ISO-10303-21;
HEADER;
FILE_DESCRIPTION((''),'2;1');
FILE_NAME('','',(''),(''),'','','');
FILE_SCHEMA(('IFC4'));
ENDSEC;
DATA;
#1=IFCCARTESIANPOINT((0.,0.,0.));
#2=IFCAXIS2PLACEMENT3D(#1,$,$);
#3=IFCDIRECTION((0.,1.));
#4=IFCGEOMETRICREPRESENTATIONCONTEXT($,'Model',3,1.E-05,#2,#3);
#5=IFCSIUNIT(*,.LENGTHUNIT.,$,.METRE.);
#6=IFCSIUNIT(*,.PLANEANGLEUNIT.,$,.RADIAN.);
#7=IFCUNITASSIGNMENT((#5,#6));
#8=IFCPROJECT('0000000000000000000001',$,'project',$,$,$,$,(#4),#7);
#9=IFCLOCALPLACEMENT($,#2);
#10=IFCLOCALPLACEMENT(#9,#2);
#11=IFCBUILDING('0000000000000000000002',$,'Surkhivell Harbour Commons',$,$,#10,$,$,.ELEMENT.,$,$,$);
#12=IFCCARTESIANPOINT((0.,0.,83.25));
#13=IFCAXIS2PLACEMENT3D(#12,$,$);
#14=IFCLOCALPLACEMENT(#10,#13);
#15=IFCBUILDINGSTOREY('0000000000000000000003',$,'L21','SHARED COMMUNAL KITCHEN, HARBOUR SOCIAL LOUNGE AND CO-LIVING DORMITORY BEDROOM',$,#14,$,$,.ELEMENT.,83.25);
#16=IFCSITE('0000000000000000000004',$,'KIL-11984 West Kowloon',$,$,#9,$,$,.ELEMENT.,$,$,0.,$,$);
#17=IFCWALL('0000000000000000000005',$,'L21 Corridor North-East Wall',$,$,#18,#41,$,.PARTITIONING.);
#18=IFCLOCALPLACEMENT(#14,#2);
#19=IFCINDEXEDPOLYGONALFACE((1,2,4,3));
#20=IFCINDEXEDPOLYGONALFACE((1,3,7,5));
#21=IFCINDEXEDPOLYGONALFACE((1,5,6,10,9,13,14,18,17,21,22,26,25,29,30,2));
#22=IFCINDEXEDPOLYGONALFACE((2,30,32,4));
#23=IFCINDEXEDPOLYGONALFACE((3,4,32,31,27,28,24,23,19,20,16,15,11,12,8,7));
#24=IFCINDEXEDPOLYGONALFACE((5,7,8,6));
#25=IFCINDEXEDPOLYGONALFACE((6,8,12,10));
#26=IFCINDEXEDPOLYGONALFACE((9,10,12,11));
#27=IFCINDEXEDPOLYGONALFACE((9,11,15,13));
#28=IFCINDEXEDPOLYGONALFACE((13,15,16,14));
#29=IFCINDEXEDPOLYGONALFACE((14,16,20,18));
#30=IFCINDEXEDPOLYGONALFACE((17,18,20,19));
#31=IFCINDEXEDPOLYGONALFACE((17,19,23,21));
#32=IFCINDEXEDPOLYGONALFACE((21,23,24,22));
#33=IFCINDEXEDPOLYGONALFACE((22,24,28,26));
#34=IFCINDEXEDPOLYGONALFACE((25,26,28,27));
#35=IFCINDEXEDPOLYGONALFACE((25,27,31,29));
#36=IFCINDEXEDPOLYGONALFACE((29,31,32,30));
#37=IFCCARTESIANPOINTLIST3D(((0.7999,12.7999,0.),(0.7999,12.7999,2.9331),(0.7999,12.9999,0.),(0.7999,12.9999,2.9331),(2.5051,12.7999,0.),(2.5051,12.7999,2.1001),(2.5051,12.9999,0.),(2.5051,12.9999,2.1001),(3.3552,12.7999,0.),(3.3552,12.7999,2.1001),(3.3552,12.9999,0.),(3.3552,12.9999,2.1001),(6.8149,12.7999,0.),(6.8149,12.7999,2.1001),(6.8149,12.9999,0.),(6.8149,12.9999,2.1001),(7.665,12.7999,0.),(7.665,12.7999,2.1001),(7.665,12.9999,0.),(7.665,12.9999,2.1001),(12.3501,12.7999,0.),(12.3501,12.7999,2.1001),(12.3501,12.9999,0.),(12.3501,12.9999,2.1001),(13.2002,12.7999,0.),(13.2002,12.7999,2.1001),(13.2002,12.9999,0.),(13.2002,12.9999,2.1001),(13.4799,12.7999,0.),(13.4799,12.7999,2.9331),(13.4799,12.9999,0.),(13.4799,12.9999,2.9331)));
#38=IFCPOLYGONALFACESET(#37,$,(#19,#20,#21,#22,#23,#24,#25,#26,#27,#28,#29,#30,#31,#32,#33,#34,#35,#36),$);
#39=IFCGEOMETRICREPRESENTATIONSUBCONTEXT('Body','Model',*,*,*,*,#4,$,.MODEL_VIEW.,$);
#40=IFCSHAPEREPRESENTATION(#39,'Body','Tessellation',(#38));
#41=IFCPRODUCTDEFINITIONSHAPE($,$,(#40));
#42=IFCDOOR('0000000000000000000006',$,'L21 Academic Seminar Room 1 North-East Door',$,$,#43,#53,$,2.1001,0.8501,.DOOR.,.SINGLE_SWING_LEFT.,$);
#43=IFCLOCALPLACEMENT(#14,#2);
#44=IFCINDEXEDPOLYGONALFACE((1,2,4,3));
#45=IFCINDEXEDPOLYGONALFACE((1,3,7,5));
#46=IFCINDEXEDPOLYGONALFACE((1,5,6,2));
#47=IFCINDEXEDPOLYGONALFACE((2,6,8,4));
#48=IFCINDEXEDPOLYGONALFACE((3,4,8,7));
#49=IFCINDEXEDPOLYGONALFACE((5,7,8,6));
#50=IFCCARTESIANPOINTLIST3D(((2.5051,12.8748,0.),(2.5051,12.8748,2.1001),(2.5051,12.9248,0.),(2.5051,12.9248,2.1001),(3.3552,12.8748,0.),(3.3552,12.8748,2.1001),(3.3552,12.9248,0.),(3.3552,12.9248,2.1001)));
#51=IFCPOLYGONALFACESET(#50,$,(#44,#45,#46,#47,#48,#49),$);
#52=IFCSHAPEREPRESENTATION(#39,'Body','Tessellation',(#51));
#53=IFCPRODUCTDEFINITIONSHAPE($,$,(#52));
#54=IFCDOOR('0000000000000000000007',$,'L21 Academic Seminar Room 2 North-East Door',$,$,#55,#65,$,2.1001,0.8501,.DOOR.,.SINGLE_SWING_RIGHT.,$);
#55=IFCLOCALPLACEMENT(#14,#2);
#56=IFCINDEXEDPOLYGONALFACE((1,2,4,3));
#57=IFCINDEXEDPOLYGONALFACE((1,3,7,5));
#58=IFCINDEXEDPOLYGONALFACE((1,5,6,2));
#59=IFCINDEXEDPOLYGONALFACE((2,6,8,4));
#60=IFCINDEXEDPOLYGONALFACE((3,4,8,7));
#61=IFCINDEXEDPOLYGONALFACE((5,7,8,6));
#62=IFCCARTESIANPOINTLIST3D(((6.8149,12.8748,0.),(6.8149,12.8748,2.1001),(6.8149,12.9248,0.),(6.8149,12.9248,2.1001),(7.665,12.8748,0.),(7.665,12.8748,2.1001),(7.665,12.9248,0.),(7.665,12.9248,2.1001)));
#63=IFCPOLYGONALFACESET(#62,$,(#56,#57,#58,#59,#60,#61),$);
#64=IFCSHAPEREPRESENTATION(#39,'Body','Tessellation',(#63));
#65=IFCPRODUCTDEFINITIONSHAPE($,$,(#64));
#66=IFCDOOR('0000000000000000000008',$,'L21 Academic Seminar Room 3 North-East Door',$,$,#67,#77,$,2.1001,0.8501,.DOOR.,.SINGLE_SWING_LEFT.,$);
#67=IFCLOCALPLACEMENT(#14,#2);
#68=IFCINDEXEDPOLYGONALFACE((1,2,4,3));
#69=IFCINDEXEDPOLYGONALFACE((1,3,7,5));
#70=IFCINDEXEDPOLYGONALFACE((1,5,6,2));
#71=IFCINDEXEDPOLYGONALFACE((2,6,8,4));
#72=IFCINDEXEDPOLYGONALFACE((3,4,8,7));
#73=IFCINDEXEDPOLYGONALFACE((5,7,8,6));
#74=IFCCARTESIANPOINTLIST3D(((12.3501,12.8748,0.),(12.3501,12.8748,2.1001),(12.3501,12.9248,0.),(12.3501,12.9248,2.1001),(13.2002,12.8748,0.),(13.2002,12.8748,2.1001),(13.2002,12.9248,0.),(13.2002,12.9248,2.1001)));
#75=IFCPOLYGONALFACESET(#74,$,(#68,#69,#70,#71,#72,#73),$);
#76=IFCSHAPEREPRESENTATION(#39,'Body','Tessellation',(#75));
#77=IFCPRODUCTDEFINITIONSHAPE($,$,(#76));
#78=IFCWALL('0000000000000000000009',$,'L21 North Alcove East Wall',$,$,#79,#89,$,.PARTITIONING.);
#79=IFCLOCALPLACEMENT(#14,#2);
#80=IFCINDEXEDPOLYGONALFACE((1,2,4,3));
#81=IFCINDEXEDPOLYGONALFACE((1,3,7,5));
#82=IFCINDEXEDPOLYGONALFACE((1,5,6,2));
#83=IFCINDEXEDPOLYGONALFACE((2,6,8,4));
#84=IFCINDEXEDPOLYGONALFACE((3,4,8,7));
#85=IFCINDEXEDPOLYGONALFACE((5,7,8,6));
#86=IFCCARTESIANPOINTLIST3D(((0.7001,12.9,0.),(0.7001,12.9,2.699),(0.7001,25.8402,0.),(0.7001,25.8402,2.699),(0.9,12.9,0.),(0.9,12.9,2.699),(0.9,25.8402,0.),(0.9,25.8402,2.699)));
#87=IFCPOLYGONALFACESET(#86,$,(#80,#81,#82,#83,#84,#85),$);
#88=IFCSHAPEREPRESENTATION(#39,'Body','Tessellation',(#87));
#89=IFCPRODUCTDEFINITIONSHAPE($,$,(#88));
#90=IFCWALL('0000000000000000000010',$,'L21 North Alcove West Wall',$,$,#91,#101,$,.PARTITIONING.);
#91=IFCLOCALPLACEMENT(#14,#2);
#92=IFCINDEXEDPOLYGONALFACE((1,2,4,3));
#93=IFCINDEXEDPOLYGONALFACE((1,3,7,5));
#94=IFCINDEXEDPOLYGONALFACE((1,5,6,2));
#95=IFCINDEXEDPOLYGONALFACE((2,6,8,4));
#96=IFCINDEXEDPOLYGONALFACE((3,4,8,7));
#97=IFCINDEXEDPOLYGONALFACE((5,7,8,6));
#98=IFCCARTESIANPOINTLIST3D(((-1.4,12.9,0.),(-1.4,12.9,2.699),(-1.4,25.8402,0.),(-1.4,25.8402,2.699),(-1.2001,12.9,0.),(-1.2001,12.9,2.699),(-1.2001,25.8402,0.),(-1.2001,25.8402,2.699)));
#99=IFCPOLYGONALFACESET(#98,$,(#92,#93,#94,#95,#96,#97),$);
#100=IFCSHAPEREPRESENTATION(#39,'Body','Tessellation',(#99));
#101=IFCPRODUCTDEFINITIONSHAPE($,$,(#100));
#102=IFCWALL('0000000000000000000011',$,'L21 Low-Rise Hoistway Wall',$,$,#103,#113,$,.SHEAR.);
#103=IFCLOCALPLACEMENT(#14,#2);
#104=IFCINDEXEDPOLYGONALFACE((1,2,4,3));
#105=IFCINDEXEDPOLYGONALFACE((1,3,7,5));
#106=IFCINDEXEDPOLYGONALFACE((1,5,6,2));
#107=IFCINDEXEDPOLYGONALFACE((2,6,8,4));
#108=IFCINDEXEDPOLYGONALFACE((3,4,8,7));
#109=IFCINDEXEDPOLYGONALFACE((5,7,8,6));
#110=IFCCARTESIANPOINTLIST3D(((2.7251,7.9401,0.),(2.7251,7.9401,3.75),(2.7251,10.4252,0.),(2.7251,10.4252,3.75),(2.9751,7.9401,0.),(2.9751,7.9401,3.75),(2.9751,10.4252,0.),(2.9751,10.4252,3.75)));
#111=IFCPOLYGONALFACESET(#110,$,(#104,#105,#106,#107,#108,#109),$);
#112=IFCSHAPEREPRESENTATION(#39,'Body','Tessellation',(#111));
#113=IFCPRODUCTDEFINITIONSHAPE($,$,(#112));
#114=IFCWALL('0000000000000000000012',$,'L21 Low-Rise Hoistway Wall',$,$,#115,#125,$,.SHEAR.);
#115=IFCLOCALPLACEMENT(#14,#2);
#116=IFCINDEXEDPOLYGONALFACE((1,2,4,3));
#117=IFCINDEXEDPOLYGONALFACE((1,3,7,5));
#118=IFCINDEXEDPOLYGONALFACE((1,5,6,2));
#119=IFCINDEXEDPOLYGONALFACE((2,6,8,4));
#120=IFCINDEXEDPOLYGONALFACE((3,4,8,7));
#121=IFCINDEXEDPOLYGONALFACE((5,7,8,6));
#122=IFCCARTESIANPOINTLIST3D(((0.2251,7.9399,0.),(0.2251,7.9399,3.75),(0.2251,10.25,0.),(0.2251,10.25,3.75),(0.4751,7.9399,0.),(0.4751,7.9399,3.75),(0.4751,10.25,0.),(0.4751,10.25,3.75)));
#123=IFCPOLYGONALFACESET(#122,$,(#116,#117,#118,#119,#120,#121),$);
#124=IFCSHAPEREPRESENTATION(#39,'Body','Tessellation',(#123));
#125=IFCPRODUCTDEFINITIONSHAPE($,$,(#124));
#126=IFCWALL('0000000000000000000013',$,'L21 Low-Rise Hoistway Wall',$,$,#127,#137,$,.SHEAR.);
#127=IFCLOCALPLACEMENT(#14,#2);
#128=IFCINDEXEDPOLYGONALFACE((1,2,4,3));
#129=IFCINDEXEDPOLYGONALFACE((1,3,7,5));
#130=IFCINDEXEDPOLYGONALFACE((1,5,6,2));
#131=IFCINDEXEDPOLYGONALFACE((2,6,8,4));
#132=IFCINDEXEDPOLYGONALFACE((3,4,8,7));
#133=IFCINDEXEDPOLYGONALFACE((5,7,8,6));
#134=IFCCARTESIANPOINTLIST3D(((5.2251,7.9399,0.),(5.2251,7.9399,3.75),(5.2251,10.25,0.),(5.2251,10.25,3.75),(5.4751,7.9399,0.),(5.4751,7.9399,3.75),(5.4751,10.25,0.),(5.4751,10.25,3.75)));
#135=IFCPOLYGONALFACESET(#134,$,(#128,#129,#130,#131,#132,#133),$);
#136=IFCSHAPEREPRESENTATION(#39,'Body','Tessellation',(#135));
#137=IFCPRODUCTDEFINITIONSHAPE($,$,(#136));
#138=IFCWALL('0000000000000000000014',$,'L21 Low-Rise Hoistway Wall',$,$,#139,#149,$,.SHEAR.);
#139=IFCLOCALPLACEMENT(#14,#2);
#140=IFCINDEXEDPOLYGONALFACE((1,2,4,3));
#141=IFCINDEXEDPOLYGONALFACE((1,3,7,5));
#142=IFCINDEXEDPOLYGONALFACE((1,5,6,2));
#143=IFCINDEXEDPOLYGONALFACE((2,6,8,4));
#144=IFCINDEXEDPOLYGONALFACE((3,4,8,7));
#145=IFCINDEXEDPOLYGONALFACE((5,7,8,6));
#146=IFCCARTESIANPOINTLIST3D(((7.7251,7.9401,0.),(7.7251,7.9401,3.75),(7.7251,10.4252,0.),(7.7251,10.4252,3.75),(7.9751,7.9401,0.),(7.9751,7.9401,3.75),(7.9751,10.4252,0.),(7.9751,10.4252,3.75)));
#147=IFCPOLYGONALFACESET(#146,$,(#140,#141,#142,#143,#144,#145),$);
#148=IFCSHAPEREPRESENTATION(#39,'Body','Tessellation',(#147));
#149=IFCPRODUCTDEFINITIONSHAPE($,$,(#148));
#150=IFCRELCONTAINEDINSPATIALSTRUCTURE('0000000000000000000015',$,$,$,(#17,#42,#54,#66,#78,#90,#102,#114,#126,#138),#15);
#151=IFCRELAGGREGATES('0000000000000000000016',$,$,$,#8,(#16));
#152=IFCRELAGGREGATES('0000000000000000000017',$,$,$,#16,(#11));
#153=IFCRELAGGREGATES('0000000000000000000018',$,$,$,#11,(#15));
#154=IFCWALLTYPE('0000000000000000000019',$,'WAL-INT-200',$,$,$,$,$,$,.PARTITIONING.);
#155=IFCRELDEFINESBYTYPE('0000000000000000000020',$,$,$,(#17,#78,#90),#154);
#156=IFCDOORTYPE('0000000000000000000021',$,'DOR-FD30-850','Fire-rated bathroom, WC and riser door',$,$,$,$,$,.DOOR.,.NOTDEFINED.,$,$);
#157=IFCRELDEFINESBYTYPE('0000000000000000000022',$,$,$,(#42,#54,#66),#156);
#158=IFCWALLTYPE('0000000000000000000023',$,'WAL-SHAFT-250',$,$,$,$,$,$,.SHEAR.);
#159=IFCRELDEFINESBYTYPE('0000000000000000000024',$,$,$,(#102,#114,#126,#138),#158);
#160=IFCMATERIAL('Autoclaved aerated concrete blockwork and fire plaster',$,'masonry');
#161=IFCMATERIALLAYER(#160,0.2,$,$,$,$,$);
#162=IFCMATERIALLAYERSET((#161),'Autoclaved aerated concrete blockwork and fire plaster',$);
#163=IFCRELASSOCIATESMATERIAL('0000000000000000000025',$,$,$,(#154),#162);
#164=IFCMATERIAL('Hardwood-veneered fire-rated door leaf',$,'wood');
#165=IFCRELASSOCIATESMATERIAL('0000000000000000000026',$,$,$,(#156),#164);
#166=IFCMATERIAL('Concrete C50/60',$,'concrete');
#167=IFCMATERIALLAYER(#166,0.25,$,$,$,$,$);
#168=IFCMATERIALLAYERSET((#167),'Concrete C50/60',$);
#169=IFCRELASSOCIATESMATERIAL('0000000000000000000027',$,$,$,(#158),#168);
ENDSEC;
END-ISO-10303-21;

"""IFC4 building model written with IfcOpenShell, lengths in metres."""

from ifc_helpers import new_model, si_unit, direction, frame, frame_2d, origin, place, context, subcontext, project, spatial, rectangle, extrude, material, layer, layer_set, type_object, element, fill, save


model = new_model("IFC4")

# Units and contexts
model_context = context("Model", 3, precision=1e-05, world=origin(), true_north=direction((0.0, 1.0)))
body_context = subcontext(model_context, "Body", "Model", "MODEL_VIEW")
ifc_project = project(units=[si_unit("LENGTHUNIT", "METRE"), si_unit("PLANEANGLEUNIT", "RADIAN")], contexts=[model_context])

# Site, building, storey
site_placement = place(None, origin())
site = spatial("IfcSite", under=ifc_project, at=site_placement, Name="KIL-11984 West Kowloon", CompositionType="ELEMENT", RefElevation=0.0)
building_placement = place(site_placement, origin())
building = spatial("IfcBuilding", under=site, at=building_placement, Name="Surkhivell Harbour Commons", CompositionType="ELEMENT")
storey_placement = place(building_placement, frame((0.0, 0.0, 83.25)))
storey = spatial("IfcBuildingStorey", under=building, at=storey_placement, Name="L21", Description="SHARED COMMUNAL KITCHEN, HARBOUR SOCIAL LOUNGE AND CO-LIVING DORMITORY BEDROOM", CompositionType="ELEMENT", Elevation=83.25)

# Wall, openings, doors
ifc_material_1 = material(Name="Autoclaved aerated concrete blockwork and fire plaster", Category="masonry")
ifc_layer_1 = layer(ifc_material_1, 0.2)
ifc_layer_set_1 = layer_set([ifc_layer_1], Name="Autoclaved aerated concrete blockwork and fire plaster")
wall_type_1 = type_object("IfcWallType", Name="WAL-INT-200", PredefinedType="PARTITIONING", material=ifc_layer_set_1)
wall_1_placement = place(storey_placement, frame((0.8, 12.8999, 0.0), z_axis=(0.0, 0.0, 1.0), x_axis=(1.0, 0.0, 0.0)))
wall_1 = element("IfcWall", 1, at=wall_1_placement, inside=storey, type_object=wall_type_1, Name="L21 Corridor North-East Wall", PredefinedType="PARTITIONING", context=body_context, shape_type="SweptSolid", body=[
    extrude(rectangle(XDim=12.6799, YDim=0.2, at=frame_2d((6.3398, 0.0))), origin(), (0.0, 0.0, 1.0), 2.9331),
])
opening_1_placement = place(wall_1_placement, frame((1.7051, 0.0, 0.0)))
opening_1 = element("IfcOpeningElement", 2, at=opening_1_placement, cuts=wall_1, PredefinedType="OPENING", context=body_context, shape_type="SweptSolid", body=[
    extrude(rectangle(XDim=0.8501, YDim=2.1001, at=frame_2d((0.425, 1.05))), frame((0.0, 0.1099, 0.0), z_axis=(0.0, -1.0, 0.0), x_axis=(1.0, 0.0, 0.0)), (0.0, 0.0, 1.0), 0.22),
])
opening_2_placement = place(wall_1_placement, frame((6.0149, 0.0, 0.0)))
opening_2 = element("IfcOpeningElement", 3, at=opening_2_placement, cuts=wall_1, PredefinedType="OPENING", context=body_context, shape_type="SweptSolid", body=[
    extrude(rectangle(XDim=0.8501, YDim=2.1001, at=frame_2d((0.425, 1.05))), frame((0.0, 0.1099, 0.0), z_axis=(0.0, -1.0, 0.0), x_axis=(1.0, 0.0, 0.0)), (0.0, 0.0, 1.0), 0.22),
])
opening_3_placement = place(wall_1_placement, frame((11.55, 0.0, 0.0)))
opening_3 = element("IfcOpeningElement", 4, at=opening_3_placement, cuts=wall_1, PredefinedType="OPENING", context=body_context, shape_type="SweptSolid", body=[
    extrude(rectangle(XDim=0.8501, YDim=2.1001, at=frame_2d((0.425, 1.05))), frame((0.0, 0.1099, 0.0), z_axis=(0.0, -1.0, 0.0), x_axis=(1.0, 0.0, 0.0)), (0.0, 0.0, 1.0), 0.22),
])
ifc_material_2 = material(Name="Hardwood-veneered fire-rated door leaf", Category="wood")
door_type_1 = type_object("IfcDoorType", Name="DOR-FD30-850", Description="Fire-rated bathroom, WC and riser door", OperationType="NOTDEFINED", PredefinedType="DOOR", material=ifc_material_2)
door_1_placement = place(opening_1_placement, origin())
door_1 = element("IfcDoor", 5, at=door_1_placement, inside=storey, type_object=door_type_1, Name="L21 Academic Seminar Room 1 North-East Door", OperationType="SINGLE_SWING_LEFT", OverallHeight=2.1001, OverallWidth=0.8501, PredefinedType="DOOR", context=body_context, shape_type="SweptSolid", body=[
    extrude(rectangle(XDim=0.8501, YDim=2.1001, at=frame_2d((0.425, 1.05))), frame((0.0, 0.0249, 0.0), z_axis=(0.0, -1.0, 0.0), x_axis=(1.0, 0.0, 0.0)), (0.0, 0.0, 1.0), 0.05),
])
fill(opening_1, door_1)
door_2_placement = place(opening_2_placement, origin())
door_2 = element("IfcDoor", 6, at=door_2_placement, inside=storey, type_object=door_type_1, Name="L21 Academic Seminar Room 2 North-East Door", OperationType="SINGLE_SWING_RIGHT", OverallHeight=2.1001, OverallWidth=0.8501, PredefinedType="DOOR", context=body_context, shape_type="SweptSolid", body=[
    extrude(rectangle(XDim=0.8501, YDim=2.1001, at=frame_2d((0.425, 1.05))), frame((0.0, 0.0249, 0.0), z_axis=(0.0, -1.0, 0.0), x_axis=(1.0, 0.0, 0.0)), (0.0, 0.0, 1.0), 0.05),
])
fill(opening_2, door_2)
door_3_placement = place(opening_3_placement, origin())
door_3 = element("IfcDoor", 7, at=door_3_placement, inside=storey, type_object=door_type_1, Name="L21 Academic Seminar Room 3 North-East Door", OperationType="SINGLE_SWING_LEFT", OverallHeight=2.1001, OverallWidth=0.8501, PredefinedType="DOOR", context=body_context, shape_type="SweptSolid", body=[
    extrude(rectangle(XDim=0.8501, YDim=2.1001, at=frame_2d((0.425, 1.05))), frame((0.0, 0.0249, 0.0), z_axis=(0.0, -1.0, 0.0), x_axis=(1.0, 0.0, 0.0)), (0.0, 0.0, 1.0), 0.05),
])
fill(opening_3, door_3)

# Walls
for number, where, z_axis, x_axis, name in (
    (8, (0.8, 12.8999, 0.0), (0.0, 0.0, 1.0), (0.0, 1.0, 0.0), "L21 North Alcove East Wall"),
    (9, (-1.3, 12.8999, 0.0), (0.0, 0.0, 1.0), (0.0, 1.0, 0.0), "L21 North Alcove West Wall"),
):
    element("IfcWall", number, at=place(storey_placement, frame(where, z_axis=z_axis, x_axis=x_axis)), inside=storey, type_object=wall_type_1, Name=name, PredefinedType="PARTITIONING", context=body_context, shape_type="SweptSolid", body=[
        extrude(rectangle(XDim=12.9402, YDim=0.2, at=frame_2d((6.4702, 0.0))), origin(), (0.0, 0.0, 1.0), 2.699),
    ])
ifc_material_3 = material(Name="Concrete C50/60", Category="concrete")
ifc_layer_2 = layer(ifc_material_3, 0.25)
ifc_layer_set_2 = layer_set([ifc_layer_2], Name="Concrete C50/60")
wall_type_2 = type_object("IfcWallType", Name="WAL-SHAFT-250", PredefinedType="SHEAR", material=ifc_layer_set_2)
wall_2_placement = place(storey_placement, frame((2.8501, 7.9399, 0.0), z_axis=(0.0, 0.0, 1.0), x_axis=(0.0, 1.0, 0.0)))
element("IfcWall", 10, at=wall_2_placement, inside=storey, type_object=wall_type_2, Name="L21 Low-Rise Hoistway Wall", PredefinedType="SHEAR", context=body_context, shape_type="SweptSolid", body=[
    extrude(rectangle(XDim=2.4851, YDim=0.25, at=frame_2d((1.2427, 0.0))), origin(), (0.0, 0.0, 1.0), 3.75),
])
for number, where, z_axis, x_axis, name in (
    (11, (0.3501, 7.9399, 0.0), (0.0, 0.0, 1.0), (0.0, 1.0, 0.0), "L21 Low-Rise Hoistway Wall"),
    (12, (5.3501, 7.9399, 0.0), (0.0, 0.0, 1.0), (0.0, 1.0, 0.0), "L21 Low-Rise Hoistway Wall"),
):
    element("IfcWall", number, at=place(storey_placement, frame(where, z_axis=z_axis, x_axis=x_axis)), inside=storey, type_object=wall_type_2, Name=name, PredefinedType="SHEAR", context=body_context, shape_type="SweptSolid", body=[
        extrude(rectangle(XDim=2.3101, YDim=0.25, at=frame_2d((1.155, 0.0))), origin(), (0.0, 0.0, 1.0), 3.75),
    ])
wall_3_placement = place(storey_placement, frame((7.8501, 7.9399, 0.0), z_axis=(0.0, 0.0, 1.0), x_axis=(0.0, 1.0, 0.0)))
element("IfcWall", 13, at=wall_3_placement, inside=storey, type_object=wall_type_2, Name="L21 Low-Rise Hoistway Wall", PredefinedType="SHEAR", context=body_context, shape_type="SweptSolid", body=[
    extrude(rectangle(XDim=2.4851, YDim=0.25, at=frame_2d((1.2427, 0.0))), origin(), (0.0, 0.0, 1.0), 3.75),
])

save(model, "model.ifc")
